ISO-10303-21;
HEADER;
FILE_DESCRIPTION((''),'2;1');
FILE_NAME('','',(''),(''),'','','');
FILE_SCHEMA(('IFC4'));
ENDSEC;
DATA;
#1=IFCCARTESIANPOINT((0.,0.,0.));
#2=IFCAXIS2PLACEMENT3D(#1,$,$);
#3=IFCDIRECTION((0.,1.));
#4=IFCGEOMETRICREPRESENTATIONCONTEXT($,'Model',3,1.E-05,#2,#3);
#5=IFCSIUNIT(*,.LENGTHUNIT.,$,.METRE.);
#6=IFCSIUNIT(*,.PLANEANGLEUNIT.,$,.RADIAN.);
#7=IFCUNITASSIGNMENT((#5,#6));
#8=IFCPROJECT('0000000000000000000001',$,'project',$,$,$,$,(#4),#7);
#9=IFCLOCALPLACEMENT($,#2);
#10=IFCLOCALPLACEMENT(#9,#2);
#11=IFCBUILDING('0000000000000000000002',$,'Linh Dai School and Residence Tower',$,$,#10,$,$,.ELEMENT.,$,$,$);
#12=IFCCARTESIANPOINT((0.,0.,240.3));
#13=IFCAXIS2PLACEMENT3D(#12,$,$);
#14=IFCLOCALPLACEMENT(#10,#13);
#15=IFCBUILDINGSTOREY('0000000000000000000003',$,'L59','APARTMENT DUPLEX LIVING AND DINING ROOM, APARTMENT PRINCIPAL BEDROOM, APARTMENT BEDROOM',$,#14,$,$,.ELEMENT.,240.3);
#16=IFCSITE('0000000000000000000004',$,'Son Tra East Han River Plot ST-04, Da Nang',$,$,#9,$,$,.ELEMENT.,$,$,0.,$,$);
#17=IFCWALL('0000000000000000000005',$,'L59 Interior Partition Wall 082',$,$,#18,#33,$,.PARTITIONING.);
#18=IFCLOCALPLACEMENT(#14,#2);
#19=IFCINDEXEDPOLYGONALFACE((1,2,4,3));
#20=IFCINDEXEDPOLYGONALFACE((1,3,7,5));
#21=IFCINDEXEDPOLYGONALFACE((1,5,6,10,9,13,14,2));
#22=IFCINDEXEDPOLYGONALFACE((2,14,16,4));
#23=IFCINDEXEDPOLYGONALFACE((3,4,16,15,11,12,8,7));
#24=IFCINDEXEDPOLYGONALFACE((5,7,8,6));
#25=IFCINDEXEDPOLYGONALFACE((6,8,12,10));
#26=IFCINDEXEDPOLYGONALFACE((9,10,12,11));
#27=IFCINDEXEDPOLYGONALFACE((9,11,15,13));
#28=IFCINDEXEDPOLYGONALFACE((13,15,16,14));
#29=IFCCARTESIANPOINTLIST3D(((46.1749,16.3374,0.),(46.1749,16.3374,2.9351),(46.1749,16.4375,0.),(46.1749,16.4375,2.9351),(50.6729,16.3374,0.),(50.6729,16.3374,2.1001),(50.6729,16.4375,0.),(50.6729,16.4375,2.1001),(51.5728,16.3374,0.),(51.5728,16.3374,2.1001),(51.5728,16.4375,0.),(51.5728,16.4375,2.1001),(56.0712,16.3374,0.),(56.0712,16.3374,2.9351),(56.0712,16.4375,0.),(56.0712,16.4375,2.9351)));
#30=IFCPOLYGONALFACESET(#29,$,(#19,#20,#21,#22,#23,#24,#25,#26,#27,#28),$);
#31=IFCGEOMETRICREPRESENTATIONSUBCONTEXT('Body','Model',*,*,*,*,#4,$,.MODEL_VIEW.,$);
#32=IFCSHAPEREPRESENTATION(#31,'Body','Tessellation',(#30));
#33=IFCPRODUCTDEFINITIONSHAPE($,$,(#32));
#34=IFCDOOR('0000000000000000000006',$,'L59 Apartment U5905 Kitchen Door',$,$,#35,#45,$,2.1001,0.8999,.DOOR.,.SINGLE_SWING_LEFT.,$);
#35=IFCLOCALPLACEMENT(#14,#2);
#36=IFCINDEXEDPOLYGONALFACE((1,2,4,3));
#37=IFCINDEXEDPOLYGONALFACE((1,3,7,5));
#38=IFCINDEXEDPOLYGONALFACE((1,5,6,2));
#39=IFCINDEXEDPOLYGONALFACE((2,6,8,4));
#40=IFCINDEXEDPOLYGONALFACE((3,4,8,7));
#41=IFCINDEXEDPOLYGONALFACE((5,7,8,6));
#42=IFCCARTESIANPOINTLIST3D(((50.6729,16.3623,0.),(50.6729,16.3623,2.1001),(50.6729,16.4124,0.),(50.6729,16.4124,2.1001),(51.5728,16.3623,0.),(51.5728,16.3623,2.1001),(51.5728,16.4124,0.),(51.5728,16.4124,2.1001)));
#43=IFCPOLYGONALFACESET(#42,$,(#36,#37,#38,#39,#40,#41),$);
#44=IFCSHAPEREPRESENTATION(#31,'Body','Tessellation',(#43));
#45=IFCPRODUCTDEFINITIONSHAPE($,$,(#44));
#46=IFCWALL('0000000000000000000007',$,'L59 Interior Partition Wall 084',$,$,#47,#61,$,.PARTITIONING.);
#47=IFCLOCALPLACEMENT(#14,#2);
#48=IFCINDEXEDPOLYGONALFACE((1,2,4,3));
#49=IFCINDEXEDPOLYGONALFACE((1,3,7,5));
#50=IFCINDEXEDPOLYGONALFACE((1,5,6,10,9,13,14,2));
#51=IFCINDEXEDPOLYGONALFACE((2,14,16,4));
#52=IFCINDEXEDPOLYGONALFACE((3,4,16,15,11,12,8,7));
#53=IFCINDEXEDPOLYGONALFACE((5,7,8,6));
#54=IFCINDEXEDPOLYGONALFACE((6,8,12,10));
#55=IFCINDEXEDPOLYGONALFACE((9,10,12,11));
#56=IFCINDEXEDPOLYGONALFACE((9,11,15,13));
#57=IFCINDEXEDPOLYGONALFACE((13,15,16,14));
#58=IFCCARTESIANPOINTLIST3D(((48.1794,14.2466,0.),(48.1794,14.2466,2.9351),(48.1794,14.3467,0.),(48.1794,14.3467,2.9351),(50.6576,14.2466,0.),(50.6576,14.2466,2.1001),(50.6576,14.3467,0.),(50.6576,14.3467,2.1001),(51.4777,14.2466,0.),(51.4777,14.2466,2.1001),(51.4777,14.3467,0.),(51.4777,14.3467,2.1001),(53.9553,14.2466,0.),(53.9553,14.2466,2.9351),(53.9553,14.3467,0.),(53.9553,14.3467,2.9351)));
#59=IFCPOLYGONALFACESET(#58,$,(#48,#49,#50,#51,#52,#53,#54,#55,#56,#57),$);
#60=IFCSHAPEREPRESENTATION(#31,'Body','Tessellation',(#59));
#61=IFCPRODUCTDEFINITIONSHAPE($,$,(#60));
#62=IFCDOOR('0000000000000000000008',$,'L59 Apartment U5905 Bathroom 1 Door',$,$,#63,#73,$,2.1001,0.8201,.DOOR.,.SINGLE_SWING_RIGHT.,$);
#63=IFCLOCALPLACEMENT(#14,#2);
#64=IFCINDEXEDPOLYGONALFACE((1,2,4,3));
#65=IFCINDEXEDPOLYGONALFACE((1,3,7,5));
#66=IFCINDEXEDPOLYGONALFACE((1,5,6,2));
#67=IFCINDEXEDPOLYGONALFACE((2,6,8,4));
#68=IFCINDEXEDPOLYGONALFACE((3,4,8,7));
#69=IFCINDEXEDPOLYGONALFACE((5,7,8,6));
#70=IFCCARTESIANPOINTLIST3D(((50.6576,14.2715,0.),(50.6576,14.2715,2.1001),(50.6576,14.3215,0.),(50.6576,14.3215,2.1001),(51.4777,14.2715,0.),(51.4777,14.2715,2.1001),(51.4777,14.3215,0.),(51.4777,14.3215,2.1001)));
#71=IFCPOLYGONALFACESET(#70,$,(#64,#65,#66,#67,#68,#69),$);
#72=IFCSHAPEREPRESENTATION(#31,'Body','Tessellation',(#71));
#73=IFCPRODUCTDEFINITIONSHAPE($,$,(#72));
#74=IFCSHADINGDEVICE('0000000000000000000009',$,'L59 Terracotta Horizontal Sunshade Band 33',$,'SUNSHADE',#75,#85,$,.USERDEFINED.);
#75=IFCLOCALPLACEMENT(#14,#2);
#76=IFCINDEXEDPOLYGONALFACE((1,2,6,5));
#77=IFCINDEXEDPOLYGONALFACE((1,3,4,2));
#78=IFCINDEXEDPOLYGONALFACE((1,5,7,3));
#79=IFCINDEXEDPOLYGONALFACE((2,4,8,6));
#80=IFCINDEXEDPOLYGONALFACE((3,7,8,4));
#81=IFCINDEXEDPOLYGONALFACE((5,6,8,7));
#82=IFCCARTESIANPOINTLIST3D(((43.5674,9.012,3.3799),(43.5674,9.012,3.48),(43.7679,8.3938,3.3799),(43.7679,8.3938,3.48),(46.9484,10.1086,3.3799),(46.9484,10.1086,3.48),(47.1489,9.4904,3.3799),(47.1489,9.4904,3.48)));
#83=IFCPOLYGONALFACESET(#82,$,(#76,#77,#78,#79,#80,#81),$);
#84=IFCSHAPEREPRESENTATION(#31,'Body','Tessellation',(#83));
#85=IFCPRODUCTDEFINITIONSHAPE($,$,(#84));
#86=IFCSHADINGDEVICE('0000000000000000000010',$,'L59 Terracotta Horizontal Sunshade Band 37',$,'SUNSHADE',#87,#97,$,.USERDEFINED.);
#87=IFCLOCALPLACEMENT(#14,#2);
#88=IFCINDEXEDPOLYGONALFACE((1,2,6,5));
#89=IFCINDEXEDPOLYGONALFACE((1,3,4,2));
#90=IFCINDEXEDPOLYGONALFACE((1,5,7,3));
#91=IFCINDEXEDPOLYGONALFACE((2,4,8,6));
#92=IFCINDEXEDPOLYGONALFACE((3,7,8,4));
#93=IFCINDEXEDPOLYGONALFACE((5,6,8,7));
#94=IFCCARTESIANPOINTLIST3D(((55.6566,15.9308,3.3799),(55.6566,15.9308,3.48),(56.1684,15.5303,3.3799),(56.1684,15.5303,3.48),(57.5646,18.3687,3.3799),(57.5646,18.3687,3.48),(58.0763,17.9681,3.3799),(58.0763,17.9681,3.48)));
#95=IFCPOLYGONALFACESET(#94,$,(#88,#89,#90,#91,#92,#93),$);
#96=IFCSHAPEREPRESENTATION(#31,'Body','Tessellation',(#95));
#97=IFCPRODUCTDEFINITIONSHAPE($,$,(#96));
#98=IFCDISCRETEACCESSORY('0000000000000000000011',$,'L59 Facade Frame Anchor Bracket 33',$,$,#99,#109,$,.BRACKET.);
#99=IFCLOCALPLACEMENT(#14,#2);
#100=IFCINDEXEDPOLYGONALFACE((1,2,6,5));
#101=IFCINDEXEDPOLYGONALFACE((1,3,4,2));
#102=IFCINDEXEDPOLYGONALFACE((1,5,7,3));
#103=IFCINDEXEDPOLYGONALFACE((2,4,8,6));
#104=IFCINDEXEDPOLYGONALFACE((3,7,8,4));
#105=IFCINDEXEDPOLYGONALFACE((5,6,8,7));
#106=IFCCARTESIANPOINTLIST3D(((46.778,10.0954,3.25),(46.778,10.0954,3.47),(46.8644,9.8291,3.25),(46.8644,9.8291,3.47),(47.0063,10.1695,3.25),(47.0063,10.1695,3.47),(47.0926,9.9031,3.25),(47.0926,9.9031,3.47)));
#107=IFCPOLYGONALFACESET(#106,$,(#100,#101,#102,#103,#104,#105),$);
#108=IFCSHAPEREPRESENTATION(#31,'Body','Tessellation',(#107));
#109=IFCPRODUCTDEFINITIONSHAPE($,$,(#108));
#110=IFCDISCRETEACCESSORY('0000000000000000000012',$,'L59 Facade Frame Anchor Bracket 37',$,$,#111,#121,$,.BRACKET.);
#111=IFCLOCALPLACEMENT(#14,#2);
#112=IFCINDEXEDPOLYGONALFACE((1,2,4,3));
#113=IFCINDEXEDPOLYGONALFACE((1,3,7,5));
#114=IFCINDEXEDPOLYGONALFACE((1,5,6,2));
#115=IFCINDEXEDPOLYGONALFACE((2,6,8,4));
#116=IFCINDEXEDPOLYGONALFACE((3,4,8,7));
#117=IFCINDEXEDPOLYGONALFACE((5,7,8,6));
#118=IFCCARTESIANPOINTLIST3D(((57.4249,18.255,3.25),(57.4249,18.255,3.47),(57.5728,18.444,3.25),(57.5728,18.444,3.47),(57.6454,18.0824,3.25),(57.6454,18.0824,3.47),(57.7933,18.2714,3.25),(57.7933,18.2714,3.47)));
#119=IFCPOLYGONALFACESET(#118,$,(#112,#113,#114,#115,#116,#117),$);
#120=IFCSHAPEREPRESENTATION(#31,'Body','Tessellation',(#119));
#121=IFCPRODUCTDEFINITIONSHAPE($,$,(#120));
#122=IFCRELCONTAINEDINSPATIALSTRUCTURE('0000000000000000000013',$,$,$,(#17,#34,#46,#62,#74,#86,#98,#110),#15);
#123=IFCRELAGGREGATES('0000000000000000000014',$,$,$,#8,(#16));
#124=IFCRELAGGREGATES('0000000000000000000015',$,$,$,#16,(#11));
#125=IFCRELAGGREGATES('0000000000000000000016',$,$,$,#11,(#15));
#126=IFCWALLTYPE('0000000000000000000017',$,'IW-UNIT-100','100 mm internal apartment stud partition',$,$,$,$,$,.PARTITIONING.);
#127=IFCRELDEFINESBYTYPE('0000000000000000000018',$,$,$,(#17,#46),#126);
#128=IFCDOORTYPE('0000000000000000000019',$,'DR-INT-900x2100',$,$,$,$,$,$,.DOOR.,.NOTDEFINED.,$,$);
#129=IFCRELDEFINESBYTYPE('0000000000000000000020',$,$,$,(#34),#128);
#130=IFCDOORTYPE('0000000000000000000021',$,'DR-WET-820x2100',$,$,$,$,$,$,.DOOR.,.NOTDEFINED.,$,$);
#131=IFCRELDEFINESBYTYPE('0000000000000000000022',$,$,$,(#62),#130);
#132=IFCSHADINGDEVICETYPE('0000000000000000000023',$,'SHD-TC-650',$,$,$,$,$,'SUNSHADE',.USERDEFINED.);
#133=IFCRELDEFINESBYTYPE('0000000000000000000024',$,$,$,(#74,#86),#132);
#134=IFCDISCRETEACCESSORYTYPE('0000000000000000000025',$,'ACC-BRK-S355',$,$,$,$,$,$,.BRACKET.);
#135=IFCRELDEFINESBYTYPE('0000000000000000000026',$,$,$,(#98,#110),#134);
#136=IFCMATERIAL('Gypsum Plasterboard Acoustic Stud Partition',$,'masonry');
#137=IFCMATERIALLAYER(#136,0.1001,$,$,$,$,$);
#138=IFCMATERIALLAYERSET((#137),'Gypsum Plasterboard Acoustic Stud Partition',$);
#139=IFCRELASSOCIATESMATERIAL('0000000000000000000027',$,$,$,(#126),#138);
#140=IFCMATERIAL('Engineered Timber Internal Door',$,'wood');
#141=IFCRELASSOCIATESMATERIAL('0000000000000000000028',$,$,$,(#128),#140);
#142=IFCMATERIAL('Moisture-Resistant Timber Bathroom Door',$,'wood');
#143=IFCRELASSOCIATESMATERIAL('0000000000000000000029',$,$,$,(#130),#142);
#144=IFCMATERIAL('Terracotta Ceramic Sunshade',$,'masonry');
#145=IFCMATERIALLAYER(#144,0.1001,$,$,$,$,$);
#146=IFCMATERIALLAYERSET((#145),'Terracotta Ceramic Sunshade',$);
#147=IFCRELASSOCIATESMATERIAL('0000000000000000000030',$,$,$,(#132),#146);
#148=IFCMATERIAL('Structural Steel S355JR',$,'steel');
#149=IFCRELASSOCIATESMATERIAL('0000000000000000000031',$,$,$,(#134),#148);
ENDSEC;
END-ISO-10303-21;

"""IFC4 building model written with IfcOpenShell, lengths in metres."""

from ifc_helpers import new_model, si_unit, direction, frame, frame_2d, origin, origin_2d, place, context, subcontext, project, spatial, rectangle, extrude, source, transform, mapped, material, layer, layer_set, type_object, element, fill, save


model = new_model("IFC4")

# Units and contexts
model_context = context("Model", 3, precision=1e-05, world=origin(), true_north=direction((0.0, 1.0)))
body_context = subcontext(model_context, "Body", "Model", "MODEL_VIEW")
ifc_project = project(units=[si_unit("LENGTHUNIT", "METRE"), si_unit("PLANEANGLEUNIT", "RADIAN")], contexts=[model_context])

# Site, building, storey
site_placement = place(None, origin())
site = spatial("IfcSite", under=ifc_project, at=site_placement, Name="Son Tra East Han River Plot ST-04, Da Nang", CompositionType="ELEMENT", RefElevation=0.0)
building_placement = place(site_placement, origin())
building = spatial("IfcBuilding", under=site, at=building_placement, Name="Linh Dai School and Residence Tower", CompositionType="ELEMENT")
storey_placement = place(building_placement, frame((0.0, 0.0, 240.3)))
storey = spatial("IfcBuildingStorey", under=building, at=storey_placement, Name="L59", Description="APARTMENT DUPLEX LIVING AND DINING ROOM, APARTMENT PRINCIPAL BEDROOM, APARTMENT BEDROOM", CompositionType="ELEMENT", Elevation=240.3)

# Shared definitions
ifc_material_1 = material(Name="Structural Steel S355JR", Category="steel")

# Shared definitions
ifc_material_2 = material(Name="Gypsum Plasterboard Acoustic Stud Partition", Category="masonry")
ifc_layer_1 = layer(ifc_material_2, 0.1001)
ifc_layer_set_1 = layer_set([ifc_layer_1], Name="Gypsum Plasterboard Acoustic Stud Partition")
wall_type_1 = type_object("IfcWallType", Name="IW-UNIT-100", Description="100 mm internal apartment stud partition", PredefinedType="PARTITIONING", material=ifc_layer_set_1)

# Walls, openings, doors
wall_1_placement = place(storey_placement, frame((46.1748, 16.3875, 0.0), z_axis=(0.0, 0.0, 1.0), x_axis=(1.0, 0.0, 0.0)))
wall_1 = element("IfcWall", 1, at=wall_1_placement, inside=storey, type_object=wall_type_1, Name="L59 Interior Partition Wall 082", PredefinedType="PARTITIONING", context=body_context, shape_type="SweptSolid", body=[
    extrude(rectangle(XDim=9.8962, YDim=0.1001, at=frame_2d((4.9482, 0.0))), origin(), (0.0, 0.0, 1.0), 2.9351),
])
opening_1_placement = place(wall_1_placement, frame((4.498, 0.0, 0.0)))
opening_1 = element("IfcOpeningElement", 2, at=opening_1_placement, cuts=wall_1, PredefinedType="OPENING", context=body_context, shape_type="SweptSolid", body=[
    extrude(rectangle(XDim=0.8999, YDim=2.1001, at=origin_2d()), frame((0.45, 0.0601, 1.05), z_axis=(0.0, -1.0, 0.0), x_axis=(1.0, 0.0, 0.0)), (0.0, 0.0, 1.0), 0.1201),
])
ifc_material_3 = material(Name="Engineered Timber Internal Door", Category="wood")
door_type_1 = type_object("IfcDoorType", Name="DR-INT-900x2100", OperationType="NOTDEFINED", PredefinedType="DOOR", material=ifc_material_3)
shared_shape_1 = source(origin(), body_context, "Body", "SweptSolid", [
    extrude(rectangle(XDim=0.8999, YDim=2.1001, at=origin_2d()), frame((0.45, 0.0249, 1.05), z_axis=(0.0, -1.0, 0.0), x_axis=(1.0, 0.0, 0.0)), (0.0, 0.0, 1.0), 0.05),
])
door_1_placement = place(opening_1_placement, origin())
door_1 = element("IfcDoor", 3, at=door_1_placement, inside=storey, type_object=door_type_1, Name="L59 Apartment U5905 Kitchen Door", OperationType="SINGLE_SWING_LEFT", OverallHeight=2.1001, OverallWidth=0.8999, PredefinedType="DOOR", context=body_context, shape_type="MappedRepresentation", body=[
    mapped(shared_shape_1, transform((0.0, 0.0, 0.0), x_axis=(1.0, 0.0, 0.0), y_axis=(0.0, 1.0, 0.0), z_axis=(0.0, 0.0, 1.0), scale=1.0)),
])
fill(opening_1, door_1)
wall_2_placement = place(storey_placement, frame((48.1794, 14.2966, 0.0), z_axis=(0.0, 0.0, 1.0), x_axis=(1.0, 0.0, 0.0)))
wall_2 = element("IfcWall", 4, at=wall_2_placement, inside=storey, type_object=wall_type_1, Name="L59 Interior Partition Wall 084", PredefinedType="PARTITIONING", context=body_context, shape_type="SweptSolid", body=[
    extrude(rectangle(XDim=5.7759, YDim=0.1001, at=frame_2d((2.8879, 0.0))), origin(), (0.0, 0.0, 1.0), 2.9351),
])
opening_2_placement = place(wall_2_placement, frame((2.478, 0.0, 0.0)))
opening_2 = element("IfcOpeningElement", 5, at=opening_2_placement, cuts=wall_2, PredefinedType="OPENING", context=body_context, shape_type="SweptSolid", body=[
    extrude(rectangle(XDim=0.8201, YDim=2.1001, at=origin_2d()), frame((0.4102, 0.0601, 1.05), z_axis=(0.0, -1.0, 0.0), x_axis=(1.0, 0.0, 0.0)), (0.0, 0.0, 1.0), 0.1201),
])
ifc_material_4 = material(Name="Moisture-Resistant Timber Bathroom Door", Category="wood")
door_type_2 = type_object("IfcDoorType", Name="DR-WET-820x2100", OperationType="NOTDEFINED", PredefinedType="DOOR", material=ifc_material_4)
shared_shape_2 = source(origin(), body_context, "Body", "SweptSolid", [
    extrude(rectangle(XDim=0.8201, YDim=2.1001, at=origin_2d()), frame((0.4102, 0.0249, 1.05), z_axis=(0.0, -1.0, 0.0), x_axis=(1.0, 0.0, 0.0)), (0.0, 0.0, 1.0), 0.05),
])
door_2_placement = place(opening_2_placement, origin())
door_2 = element("IfcDoor", 6, at=door_2_placement, inside=storey, type_object=door_type_2, Name="L59 Apartment U5905 Bathroom 1 Door", OperationType="SINGLE_SWING_RIGHT", OverallHeight=2.1001, OverallWidth=0.8201, PredefinedType="DOOR", context=body_context, shape_type="MappedRepresentation", body=[
    mapped(shared_shape_2, transform((0.0, 0.0, 0.0), x_axis=(1.0, 0.0, 0.0), y_axis=(0.0, 1.0, 0.0), z_axis=(0.0, 0.0, 1.0), scale=1.0)),
])
fill(opening_2, door_2)

# Shading devices
ifc_material_5 = material(Name="Terracotta Ceramic Sunshade", Category="masonry")
ifc_layer_2 = layer(ifc_material_5, 0.1001)
ifc_layer_set_2 = layer_set([ifc_layer_2], Name="Terracotta Ceramic Sunshade")
shading_device_type = type_object("IfcShadingDeviceType", Name="SHD-TC-650", ElementType="SUNSHADE", PredefinedType="USERDEFINED", material=ifc_layer_set_2)
shared_shape_3 = source(origin(), body_context, "Body", "SweptSolid", [
    extrude(rectangle(XDim=3.5544, YDim=0.6499, at=origin_2d()), origin(), (0.0, 0.0, 1.0), 0.1001),
])
shading_device_1_placement = place(storey_placement, frame((45.3582, 9.2512, 3.3799), z_axis=(0.0, 0.0, 1.0), x_axis=(-0.951224, -0.308501, 0.0)))
element("IfcShadingDevice", 7, at=shading_device_1_placement, inside=storey, type_object=shading_device_type, Name="L59 Terracotta Horizontal Sunshade Band 33", ObjectType="SUNSHADE", PredefinedType="USERDEFINED", context=body_context, shape_type="MappedRepresentation", body=[
    mapped(shared_shape_3, transform((0.0, 0.0, 0.0), x_axis=(1.0, 0.0, 0.0), y_axis=(0.0, 1.0, 0.0), z_axis=(0.0, 0.0, 1.0), scale=1.0)),
])
shared_shape_4 = source(origin(), body_context, "Body", "SweptSolid", [
    extrude(rectangle(XDim=3.0957, YDim=0.6499, at=origin_2d()), origin(), (0.0, 0.0, 1.0), 0.1001),
])
shading_device_2_placement = place(storey_placement, frame((56.8665, 16.9495, 3.3799), z_axis=(0.0, 0.0, 1.0), x_axis=(-0.616334, -0.787485, 0.0)))
element("IfcShadingDevice", 8, at=shading_device_2_placement, inside=storey, type_object=shading_device_type, Name="L59 Terracotta Horizontal Sunshade Band 37", ObjectType="SUNSHADE", PredefinedType="USERDEFINED", context=body_context, shape_type="MappedRepresentation", body=[
    mapped(shared_shape_4, transform((0.0, 0.0, 0.0), x_axis=(1.0, 0.0, 0.0), y_axis=(0.0, 1.0, 0.0), z_axis=(0.0, 0.0, 1.0), scale=1.0)),
])

# Discrete accessories
discrete_accessory_type = type_object("IfcDiscreteAccessoryType", Name="ACC-BRK-S355", PredefinedType="BRACKET", material=ifc_material_1)
shared_shape_5 = source(origin(), body_context, "Body", "SweptSolid", [
    extrude(rectangle(XDim=0.28, YDim=0.24, at=origin_2d()), origin(), (0.0, 0.0, 1.0), 0.22),
])
for number, where, z_axis, x_axis, name in (
    (9, (46.9353, 9.9993, 3.25), (0.0, 0.0, 1.0), (0.308501, -0.951224, 0.0), "L59 Facade Frame Anchor Bracket 33"),
    (10, (57.6091, 18.2632, 3.25), (0.0, 0.0, 1.0), (0.787485, -0.616334, 0.0), "L59 Facade Frame Anchor Bracket 37"),
):
    element("IfcDiscreteAccessory", number, at=place(storey_placement, frame(where, z_axis=z_axis, x_axis=x_axis)), inside=storey, type_object=discrete_accessory_type, Name=name, PredefinedType="BRACKET", context=body_context, shape_type="MappedRepresentation", body=[
        mapped(shared_shape_5, transform((0.0, 0.0, 0.0), x_axis=(1.0, 0.0, 0.0), y_axis=(0.0, 1.0, 0.0), z_axis=(0.0, 0.0, 1.0), scale=1.0)),
    ])

save(model, "model.ifc")
